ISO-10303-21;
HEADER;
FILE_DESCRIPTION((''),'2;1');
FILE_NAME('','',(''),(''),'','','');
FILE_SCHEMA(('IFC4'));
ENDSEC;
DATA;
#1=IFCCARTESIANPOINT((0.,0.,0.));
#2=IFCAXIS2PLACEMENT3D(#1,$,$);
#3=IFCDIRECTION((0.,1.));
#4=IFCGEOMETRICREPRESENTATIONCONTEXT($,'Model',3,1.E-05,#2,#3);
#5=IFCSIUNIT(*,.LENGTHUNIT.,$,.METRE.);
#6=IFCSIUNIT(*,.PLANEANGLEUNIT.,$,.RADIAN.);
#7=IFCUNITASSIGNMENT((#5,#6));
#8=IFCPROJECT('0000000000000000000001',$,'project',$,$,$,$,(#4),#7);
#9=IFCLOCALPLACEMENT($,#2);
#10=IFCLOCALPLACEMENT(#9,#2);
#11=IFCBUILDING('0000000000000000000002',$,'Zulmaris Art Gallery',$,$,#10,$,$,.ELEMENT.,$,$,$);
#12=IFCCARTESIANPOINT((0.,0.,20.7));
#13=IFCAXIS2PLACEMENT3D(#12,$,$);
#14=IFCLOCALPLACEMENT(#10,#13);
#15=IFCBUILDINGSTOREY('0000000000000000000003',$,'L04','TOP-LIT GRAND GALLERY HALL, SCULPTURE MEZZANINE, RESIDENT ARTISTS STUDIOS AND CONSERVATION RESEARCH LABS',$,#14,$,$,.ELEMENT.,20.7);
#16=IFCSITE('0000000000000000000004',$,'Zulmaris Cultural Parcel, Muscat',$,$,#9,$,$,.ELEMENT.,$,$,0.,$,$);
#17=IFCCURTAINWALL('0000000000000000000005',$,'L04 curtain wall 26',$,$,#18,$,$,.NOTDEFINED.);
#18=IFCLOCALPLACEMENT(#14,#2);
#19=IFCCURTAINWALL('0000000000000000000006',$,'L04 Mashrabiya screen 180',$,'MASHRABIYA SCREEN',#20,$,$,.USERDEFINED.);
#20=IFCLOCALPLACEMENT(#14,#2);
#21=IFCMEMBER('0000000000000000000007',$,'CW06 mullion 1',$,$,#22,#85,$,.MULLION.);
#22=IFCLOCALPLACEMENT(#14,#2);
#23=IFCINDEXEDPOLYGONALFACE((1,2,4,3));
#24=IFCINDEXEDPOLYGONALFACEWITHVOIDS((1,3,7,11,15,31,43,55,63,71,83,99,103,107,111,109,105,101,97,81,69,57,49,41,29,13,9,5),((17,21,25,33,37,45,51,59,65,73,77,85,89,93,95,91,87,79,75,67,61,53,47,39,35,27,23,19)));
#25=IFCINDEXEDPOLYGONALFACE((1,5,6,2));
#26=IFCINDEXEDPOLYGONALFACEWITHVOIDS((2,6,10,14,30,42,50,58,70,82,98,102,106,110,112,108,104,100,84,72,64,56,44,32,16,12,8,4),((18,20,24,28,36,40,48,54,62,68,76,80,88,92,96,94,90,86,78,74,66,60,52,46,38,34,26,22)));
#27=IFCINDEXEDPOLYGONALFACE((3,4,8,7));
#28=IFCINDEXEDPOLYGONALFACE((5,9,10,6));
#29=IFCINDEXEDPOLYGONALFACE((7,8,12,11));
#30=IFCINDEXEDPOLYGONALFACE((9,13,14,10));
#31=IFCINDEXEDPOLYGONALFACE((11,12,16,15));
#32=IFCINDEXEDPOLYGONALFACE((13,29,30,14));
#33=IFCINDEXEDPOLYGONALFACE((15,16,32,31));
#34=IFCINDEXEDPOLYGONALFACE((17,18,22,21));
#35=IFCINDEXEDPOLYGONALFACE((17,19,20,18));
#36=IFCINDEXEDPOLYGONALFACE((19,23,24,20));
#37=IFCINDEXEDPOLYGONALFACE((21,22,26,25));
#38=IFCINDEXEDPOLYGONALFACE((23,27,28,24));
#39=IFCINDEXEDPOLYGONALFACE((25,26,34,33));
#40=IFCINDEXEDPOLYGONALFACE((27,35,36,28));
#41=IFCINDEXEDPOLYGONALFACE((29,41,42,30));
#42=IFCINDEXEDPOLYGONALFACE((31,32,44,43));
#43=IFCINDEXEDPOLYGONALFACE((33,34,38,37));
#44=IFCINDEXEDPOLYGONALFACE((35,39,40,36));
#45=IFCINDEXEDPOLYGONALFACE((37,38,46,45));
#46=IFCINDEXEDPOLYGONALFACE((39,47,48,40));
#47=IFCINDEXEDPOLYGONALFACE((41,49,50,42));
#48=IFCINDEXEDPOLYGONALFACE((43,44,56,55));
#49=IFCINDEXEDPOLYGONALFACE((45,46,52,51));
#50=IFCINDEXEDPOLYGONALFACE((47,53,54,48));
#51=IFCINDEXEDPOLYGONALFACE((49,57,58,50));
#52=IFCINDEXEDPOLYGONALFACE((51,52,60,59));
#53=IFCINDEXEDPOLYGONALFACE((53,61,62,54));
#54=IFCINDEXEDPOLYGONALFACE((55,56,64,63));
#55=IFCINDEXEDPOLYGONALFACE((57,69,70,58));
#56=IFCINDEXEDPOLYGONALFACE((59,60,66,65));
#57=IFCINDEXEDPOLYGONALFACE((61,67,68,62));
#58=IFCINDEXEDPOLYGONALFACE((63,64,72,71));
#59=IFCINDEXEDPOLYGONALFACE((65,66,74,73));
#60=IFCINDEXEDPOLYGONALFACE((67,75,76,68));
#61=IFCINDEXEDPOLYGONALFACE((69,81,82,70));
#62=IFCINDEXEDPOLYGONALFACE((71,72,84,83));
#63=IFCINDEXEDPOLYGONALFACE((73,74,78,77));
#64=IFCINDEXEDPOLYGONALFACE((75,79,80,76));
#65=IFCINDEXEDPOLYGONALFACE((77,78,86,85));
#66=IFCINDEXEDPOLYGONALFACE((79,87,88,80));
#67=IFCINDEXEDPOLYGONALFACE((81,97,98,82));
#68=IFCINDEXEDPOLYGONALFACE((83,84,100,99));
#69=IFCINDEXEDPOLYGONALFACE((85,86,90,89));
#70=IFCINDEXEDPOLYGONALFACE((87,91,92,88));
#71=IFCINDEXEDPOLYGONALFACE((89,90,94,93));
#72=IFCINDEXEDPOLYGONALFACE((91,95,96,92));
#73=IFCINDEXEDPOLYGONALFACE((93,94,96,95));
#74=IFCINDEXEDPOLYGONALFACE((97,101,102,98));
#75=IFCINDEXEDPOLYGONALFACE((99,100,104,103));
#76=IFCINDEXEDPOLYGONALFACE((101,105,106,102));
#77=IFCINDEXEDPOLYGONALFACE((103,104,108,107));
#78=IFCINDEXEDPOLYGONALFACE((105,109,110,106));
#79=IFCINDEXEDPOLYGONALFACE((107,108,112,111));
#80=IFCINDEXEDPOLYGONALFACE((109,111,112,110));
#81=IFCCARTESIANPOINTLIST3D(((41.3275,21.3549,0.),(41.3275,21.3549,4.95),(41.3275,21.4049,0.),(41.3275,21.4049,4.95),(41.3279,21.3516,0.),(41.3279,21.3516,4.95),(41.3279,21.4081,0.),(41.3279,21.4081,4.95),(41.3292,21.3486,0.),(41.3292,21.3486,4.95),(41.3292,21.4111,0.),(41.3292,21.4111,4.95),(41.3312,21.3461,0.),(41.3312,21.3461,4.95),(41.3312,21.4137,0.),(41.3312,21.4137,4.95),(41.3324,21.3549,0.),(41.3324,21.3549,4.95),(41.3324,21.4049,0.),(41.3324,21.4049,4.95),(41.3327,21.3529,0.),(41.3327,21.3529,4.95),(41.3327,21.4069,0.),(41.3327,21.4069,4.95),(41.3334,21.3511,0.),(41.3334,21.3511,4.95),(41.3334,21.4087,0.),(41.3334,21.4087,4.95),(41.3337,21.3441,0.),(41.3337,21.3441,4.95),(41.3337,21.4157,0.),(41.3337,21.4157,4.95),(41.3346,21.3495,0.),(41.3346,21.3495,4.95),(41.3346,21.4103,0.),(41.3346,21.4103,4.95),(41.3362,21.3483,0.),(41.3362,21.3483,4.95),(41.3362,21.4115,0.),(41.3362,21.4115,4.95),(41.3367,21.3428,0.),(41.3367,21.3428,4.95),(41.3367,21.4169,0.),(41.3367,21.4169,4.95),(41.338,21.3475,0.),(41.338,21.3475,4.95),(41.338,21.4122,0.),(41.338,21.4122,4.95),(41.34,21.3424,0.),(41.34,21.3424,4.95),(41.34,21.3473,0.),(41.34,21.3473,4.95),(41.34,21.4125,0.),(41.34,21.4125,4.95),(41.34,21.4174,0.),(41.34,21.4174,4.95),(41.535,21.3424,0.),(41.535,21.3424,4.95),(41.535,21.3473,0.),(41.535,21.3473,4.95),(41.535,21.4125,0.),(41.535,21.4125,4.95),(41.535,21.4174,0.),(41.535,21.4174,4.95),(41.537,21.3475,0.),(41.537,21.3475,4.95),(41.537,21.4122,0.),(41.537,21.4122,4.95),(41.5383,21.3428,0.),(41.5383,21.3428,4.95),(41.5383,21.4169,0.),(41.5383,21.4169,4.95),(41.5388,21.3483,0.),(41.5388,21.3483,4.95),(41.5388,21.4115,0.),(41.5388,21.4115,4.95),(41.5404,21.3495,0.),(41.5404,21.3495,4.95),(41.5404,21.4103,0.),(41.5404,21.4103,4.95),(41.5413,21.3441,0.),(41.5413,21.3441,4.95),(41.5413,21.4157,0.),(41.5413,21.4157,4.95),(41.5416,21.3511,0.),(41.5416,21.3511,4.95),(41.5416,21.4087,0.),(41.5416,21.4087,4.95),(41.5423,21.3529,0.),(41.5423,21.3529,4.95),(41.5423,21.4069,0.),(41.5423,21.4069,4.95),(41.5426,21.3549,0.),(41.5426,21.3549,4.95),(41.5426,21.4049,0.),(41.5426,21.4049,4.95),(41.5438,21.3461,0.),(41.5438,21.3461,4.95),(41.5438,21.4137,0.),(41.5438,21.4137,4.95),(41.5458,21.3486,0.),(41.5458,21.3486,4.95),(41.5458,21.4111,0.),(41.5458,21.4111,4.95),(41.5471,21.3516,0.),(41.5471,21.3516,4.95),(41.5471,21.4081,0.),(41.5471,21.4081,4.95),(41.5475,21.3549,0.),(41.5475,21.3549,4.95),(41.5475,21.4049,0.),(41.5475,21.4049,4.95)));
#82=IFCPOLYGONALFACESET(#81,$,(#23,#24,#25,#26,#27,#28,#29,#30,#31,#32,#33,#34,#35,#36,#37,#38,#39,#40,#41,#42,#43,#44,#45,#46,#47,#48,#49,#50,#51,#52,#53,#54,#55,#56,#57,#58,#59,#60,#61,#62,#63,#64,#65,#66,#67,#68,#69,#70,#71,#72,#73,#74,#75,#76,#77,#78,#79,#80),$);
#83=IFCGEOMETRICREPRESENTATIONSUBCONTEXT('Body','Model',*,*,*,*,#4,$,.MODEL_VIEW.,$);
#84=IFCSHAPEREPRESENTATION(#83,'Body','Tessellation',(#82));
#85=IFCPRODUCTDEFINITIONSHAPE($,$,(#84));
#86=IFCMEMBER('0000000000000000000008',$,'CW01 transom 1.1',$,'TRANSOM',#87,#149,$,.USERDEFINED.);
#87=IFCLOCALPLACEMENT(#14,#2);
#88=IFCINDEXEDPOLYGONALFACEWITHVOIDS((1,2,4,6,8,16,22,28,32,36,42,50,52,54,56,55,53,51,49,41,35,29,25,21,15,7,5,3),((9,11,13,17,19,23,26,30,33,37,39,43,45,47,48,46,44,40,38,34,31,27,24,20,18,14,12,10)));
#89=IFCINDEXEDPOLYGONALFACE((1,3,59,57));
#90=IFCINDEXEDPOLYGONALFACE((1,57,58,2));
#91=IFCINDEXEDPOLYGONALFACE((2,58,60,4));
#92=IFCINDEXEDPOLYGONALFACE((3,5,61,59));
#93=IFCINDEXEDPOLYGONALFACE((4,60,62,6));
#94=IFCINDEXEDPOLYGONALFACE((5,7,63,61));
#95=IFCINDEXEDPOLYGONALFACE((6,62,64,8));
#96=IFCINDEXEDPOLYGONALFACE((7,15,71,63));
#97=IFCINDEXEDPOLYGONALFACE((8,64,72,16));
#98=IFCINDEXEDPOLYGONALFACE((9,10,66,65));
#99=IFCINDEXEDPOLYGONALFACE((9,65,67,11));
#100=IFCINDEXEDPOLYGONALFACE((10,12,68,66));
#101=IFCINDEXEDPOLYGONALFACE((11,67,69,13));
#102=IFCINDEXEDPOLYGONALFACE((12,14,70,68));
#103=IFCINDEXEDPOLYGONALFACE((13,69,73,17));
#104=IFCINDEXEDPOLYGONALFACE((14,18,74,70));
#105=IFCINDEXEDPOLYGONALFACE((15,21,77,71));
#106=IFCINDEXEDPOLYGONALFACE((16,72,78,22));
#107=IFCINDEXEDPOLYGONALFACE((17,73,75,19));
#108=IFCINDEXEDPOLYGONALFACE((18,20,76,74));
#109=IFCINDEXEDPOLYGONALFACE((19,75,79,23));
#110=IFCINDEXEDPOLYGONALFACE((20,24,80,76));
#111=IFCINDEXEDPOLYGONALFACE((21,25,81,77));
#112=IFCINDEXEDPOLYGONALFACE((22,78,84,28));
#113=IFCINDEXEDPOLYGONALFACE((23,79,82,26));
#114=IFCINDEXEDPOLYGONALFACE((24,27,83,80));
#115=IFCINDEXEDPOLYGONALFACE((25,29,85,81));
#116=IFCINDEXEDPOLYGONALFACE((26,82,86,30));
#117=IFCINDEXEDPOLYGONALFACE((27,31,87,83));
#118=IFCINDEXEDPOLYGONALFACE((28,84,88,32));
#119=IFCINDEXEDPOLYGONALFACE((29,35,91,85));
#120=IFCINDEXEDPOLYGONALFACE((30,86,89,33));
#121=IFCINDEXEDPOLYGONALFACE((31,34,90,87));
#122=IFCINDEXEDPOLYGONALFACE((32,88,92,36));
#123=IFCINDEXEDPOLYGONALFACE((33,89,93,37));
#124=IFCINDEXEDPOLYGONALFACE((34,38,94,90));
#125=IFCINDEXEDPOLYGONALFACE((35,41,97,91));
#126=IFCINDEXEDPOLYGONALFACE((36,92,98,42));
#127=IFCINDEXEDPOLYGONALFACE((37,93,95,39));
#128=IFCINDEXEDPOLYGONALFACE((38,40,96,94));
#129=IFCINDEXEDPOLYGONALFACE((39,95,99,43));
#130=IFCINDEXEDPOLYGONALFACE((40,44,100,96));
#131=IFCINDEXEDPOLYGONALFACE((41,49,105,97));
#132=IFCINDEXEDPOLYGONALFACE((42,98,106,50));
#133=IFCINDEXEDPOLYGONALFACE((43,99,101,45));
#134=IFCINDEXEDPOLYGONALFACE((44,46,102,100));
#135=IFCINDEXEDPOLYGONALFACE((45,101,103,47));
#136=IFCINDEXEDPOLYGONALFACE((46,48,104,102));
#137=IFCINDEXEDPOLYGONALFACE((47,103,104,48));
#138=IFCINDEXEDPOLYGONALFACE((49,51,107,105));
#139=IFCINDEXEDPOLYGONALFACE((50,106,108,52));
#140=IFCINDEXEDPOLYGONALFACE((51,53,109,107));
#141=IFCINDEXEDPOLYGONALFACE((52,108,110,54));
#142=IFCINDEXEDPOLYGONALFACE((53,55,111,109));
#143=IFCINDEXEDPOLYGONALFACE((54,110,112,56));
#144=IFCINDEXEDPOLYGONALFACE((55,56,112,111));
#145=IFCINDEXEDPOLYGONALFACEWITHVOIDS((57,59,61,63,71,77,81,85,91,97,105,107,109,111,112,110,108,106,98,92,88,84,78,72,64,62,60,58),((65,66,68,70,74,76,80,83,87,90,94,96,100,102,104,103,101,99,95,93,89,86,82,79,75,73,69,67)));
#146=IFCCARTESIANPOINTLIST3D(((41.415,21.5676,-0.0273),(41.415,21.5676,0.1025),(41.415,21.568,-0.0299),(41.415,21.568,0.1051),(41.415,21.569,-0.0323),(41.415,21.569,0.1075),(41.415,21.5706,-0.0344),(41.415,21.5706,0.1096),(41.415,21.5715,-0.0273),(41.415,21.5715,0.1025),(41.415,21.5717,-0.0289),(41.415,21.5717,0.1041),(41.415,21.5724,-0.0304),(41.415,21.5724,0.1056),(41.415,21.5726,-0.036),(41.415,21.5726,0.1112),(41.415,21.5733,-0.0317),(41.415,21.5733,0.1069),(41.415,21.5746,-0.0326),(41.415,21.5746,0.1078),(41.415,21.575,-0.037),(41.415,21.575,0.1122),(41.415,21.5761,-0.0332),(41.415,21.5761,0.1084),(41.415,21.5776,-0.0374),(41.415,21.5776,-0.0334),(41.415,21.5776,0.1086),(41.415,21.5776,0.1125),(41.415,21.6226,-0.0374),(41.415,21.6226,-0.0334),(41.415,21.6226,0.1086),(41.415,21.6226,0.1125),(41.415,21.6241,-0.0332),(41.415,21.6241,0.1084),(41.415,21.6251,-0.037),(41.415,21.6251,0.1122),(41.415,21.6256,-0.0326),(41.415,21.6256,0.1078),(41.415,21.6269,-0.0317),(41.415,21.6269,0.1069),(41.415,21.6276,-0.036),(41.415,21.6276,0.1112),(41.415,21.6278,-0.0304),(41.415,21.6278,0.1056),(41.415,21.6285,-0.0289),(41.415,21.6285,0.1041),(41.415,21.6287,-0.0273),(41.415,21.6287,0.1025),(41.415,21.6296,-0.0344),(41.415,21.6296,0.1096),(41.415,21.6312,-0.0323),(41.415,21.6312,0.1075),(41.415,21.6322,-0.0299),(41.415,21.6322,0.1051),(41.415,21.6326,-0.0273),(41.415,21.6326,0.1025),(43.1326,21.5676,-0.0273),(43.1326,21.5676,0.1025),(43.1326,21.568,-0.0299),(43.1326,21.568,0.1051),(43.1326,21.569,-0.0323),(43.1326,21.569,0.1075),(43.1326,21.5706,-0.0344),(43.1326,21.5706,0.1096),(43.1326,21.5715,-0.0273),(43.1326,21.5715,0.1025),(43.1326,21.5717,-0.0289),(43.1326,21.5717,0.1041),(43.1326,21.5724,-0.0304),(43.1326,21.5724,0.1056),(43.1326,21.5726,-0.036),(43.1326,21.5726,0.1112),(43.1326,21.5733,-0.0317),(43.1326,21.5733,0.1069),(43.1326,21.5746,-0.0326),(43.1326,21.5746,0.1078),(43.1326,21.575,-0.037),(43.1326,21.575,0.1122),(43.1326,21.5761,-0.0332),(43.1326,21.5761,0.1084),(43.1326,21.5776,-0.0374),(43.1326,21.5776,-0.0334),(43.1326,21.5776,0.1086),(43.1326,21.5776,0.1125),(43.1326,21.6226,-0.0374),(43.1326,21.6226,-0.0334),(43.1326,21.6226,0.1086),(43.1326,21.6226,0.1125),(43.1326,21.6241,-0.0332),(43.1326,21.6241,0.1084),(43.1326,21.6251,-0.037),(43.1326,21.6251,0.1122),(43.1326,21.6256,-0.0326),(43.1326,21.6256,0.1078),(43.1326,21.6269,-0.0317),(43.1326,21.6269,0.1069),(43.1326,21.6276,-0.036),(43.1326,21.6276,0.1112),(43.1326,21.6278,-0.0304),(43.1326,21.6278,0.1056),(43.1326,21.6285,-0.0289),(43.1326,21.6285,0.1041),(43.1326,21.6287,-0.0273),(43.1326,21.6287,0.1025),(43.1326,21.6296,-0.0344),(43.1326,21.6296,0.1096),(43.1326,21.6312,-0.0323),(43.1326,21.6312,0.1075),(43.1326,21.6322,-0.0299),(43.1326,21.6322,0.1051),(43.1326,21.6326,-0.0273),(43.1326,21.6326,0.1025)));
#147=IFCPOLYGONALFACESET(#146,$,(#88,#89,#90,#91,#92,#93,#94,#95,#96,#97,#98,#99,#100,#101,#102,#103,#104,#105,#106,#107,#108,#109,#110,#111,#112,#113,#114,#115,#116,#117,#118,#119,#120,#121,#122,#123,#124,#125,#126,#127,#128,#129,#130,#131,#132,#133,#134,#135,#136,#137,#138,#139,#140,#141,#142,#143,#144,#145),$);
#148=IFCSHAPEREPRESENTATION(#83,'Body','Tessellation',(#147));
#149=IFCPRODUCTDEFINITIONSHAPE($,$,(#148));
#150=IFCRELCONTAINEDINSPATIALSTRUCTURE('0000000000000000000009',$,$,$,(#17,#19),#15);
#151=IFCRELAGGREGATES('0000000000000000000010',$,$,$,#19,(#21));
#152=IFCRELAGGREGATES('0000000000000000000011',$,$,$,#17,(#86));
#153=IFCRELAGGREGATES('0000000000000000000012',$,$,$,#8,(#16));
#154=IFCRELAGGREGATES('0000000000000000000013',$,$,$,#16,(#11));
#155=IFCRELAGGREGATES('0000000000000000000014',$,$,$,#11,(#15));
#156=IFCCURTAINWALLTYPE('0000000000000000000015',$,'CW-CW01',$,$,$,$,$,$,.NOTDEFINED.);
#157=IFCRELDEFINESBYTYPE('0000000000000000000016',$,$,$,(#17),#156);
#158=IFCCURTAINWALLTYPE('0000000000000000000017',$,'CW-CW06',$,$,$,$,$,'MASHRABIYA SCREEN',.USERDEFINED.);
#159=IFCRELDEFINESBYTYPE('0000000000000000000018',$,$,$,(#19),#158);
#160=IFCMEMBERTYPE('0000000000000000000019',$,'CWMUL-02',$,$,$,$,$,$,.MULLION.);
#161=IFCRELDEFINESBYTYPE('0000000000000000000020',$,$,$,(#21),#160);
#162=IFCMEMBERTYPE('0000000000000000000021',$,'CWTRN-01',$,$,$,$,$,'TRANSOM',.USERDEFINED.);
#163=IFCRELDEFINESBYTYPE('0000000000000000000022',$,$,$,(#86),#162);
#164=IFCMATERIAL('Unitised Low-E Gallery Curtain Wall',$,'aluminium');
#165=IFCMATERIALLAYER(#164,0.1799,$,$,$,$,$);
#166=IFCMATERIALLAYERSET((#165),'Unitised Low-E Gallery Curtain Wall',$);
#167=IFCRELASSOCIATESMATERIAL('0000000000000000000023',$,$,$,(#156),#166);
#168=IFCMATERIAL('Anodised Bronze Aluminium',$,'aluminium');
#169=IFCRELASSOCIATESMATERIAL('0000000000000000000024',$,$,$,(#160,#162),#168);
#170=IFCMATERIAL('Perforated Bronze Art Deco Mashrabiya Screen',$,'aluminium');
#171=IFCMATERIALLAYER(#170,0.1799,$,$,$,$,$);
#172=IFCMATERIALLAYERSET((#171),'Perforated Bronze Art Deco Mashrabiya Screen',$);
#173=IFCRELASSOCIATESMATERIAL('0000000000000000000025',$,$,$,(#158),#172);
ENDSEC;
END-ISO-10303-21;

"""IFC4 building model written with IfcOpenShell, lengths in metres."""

from ifc_helpers import new_model, si_unit, direction, frame, origin, origin_2d, place, context, subcontext, project, spatial, hollow_rectangle, extrude, material, layer, layer_set, material_profile, profile_set, type_object, element, aggregate, save


model = new_model("IFC4")

# Units and contexts
model_context = context("Model", 3, precision=1e-05, world=origin(), true_north=direction((0.0, 1.0)))
body_context = subcontext(model_context, "Body", "Model", "MODEL_VIEW")
ifc_project = project(units=[si_unit("LENGTHUNIT", "METRE"), si_unit("PLANEANGLEUNIT", "RADIAN")], contexts=[model_context])

# Site, building, storey
site_placement = place(None, origin())
site = spatial("IfcSite", under=ifc_project, at=site_placement, Name="Zulmaris Cultural Parcel, Muscat", CompositionType="ELEMENT", RefElevation=0.0)
building_placement = place(site_placement, origin())
building = spatial("IfcBuilding", under=site, at=building_placement, Name="Zulmaris Art Gallery", CompositionType="ELEMENT")
storey_placement = place(building_placement, frame((0.0, 0.0, 20.7)))
storey = spatial("IfcBuildingStorey", under=building, at=storey_placement, Name="L04", Description="TOP-LIT GRAND GALLERY HALL, SCULPTURE MEZZANINE, RESIDENT ARTISTS STUDIOS AND CONSERVATION RESEARCH LABS", CompositionType="ELEMENT", Elevation=20.7)

# Curtain wall
ifc_material_1 = material(Name="Unitised Low-E Gallery Curtain Wall", Category="aluminium")
ifc_layer_1 = layer(ifc_material_1, 0.1799)
ifc_layer_set_1 = layer_set([ifc_layer_1], Name="Unitised Low-E Gallery Curtain Wall")
curtain_wall_type_1 = type_object("IfcCurtainWallType", Name="CW-CW01", PredefinedType="NOTDEFINED", material=ifc_layer_set_1)
curtain_wall_1_placement = place(storey_placement, origin())
curtain_wall_1 = element("IfcCurtainWall", 1, at=curtain_wall_1_placement, inside=storey, type_object=curtain_wall_type_1, Name="L04 curtain wall 26", PredefinedType="NOTDEFINED")
ifc_material_2 = material(Name="Anodised Bronze Aluminium", Category="aluminium")
ifc_material_profile_1 = material_profile(ifc_material_2, hollow_rectangle(XDim=0.075, YDim=0.22, WallThickness=0.0049, InnerFilletRadius=0.0076, OuterFilletRadius=0.0125, at=origin_2d()), Name="ALU 75x220x5")
ifc_profile_set_1 = profile_set([ifc_material_profile_1], Name="Anodised Bronze Aluminium")
member_type_1 = type_object("IfcMemberType", Name="CWMUL-02", PredefinedType="MULLION", material=ifc_profile_set_1)

# Shared definitions
ifc_material_3 = material(Name="Perforated Bronze Art Deco Mashrabiya Screen", Category="aluminium")
ifc_layer_2 = layer(ifc_material_3, 0.1799)
ifc_layer_set_2 = layer_set([ifc_layer_2], Name="Perforated Bronze Art Deco Mashrabiya Screen")
curtain_wall_type_2 = type_object("IfcCurtainWallType", Name="CW-CW06", ElementType="MASHRABIYA SCREEN", PredefinedType="USERDEFINED", material=ifc_layer_set_2)

# Curtain wall, member
curtain_wall_2_placement = place(storey_placement, origin())
curtain_wall_2 = element("IfcCurtainWall", 2, at=curtain_wall_2_placement, inside=storey, type_object=curtain_wall_type_2, Name="L04 Mashrabiya screen 180", ObjectType="MASHRABIYA SCREEN", PredefinedType="USERDEFINED")
member_1_placement = place(storey_placement, frame((41.4375, 21.3799, 0.0), z_axis=(0.0, 0.0, 1.0), x_axis=(0.0, 1.0, 0.0)))
member_1 = element("IfcMember", 3, at=member_1_placement, type_object=member_type_1, Name="CW06 mullion 1", PredefinedType="MULLION", context=body_context, shape_type="SweptSolid", body=[
    extrude(hollow_rectangle(XDim=0.075, YDim=0.22, WallThickness=0.0049, InnerFilletRadius=0.0076, OuterFilletRadius=0.0125, at=origin_2d()), origin(), (0.0, 0.0, 1.0), 4.95),
])
aggregate(curtain_wall_2, [member_1])

# Member
ifc_material_profile_2 = material_profile(ifc_material_2, hollow_rectangle(XDim=0.0649, YDim=0.1499, WallThickness=0.0039, InnerFilletRadius=0.0061, OuterFilletRadius=0.01, at=origin_2d()), Name="ALU 65x150x4")
ifc_profile_set_2 = profile_set([ifc_material_profile_2], Name="Anodised Bronze Aluminium")
member_type_2 = type_object("IfcMemberType", Name="CWTRN-01", ElementType="TRANSOM", PredefinedType="USERDEFINED", material=ifc_profile_set_2)
member_2_placement = place(storey_placement, frame((41.415, 21.6001, 0.0376), z_axis=(1.0, 0.0, 0.0), x_axis=(0.0, 1.0, 0.0)))
member_2 = element("IfcMember", 4, at=member_2_placement, type_object=member_type_2, Name="CW01 transom 1.1", ObjectType="TRANSOM", PredefinedType="USERDEFINED", context=body_context, shape_type="SweptSolid", body=[
    extrude(hollow_rectangle(XDim=0.0649, YDim=0.1499, WallThickness=0.0039, InnerFilletRadius=0.0061, OuterFilletRadius=0.01, at=origin_2d()), origin(), (0.0, 0.0, 1.0), 1.7175),
])
aggregate(curtain_wall_1, [member_2])

save(model, "model.ifc")
